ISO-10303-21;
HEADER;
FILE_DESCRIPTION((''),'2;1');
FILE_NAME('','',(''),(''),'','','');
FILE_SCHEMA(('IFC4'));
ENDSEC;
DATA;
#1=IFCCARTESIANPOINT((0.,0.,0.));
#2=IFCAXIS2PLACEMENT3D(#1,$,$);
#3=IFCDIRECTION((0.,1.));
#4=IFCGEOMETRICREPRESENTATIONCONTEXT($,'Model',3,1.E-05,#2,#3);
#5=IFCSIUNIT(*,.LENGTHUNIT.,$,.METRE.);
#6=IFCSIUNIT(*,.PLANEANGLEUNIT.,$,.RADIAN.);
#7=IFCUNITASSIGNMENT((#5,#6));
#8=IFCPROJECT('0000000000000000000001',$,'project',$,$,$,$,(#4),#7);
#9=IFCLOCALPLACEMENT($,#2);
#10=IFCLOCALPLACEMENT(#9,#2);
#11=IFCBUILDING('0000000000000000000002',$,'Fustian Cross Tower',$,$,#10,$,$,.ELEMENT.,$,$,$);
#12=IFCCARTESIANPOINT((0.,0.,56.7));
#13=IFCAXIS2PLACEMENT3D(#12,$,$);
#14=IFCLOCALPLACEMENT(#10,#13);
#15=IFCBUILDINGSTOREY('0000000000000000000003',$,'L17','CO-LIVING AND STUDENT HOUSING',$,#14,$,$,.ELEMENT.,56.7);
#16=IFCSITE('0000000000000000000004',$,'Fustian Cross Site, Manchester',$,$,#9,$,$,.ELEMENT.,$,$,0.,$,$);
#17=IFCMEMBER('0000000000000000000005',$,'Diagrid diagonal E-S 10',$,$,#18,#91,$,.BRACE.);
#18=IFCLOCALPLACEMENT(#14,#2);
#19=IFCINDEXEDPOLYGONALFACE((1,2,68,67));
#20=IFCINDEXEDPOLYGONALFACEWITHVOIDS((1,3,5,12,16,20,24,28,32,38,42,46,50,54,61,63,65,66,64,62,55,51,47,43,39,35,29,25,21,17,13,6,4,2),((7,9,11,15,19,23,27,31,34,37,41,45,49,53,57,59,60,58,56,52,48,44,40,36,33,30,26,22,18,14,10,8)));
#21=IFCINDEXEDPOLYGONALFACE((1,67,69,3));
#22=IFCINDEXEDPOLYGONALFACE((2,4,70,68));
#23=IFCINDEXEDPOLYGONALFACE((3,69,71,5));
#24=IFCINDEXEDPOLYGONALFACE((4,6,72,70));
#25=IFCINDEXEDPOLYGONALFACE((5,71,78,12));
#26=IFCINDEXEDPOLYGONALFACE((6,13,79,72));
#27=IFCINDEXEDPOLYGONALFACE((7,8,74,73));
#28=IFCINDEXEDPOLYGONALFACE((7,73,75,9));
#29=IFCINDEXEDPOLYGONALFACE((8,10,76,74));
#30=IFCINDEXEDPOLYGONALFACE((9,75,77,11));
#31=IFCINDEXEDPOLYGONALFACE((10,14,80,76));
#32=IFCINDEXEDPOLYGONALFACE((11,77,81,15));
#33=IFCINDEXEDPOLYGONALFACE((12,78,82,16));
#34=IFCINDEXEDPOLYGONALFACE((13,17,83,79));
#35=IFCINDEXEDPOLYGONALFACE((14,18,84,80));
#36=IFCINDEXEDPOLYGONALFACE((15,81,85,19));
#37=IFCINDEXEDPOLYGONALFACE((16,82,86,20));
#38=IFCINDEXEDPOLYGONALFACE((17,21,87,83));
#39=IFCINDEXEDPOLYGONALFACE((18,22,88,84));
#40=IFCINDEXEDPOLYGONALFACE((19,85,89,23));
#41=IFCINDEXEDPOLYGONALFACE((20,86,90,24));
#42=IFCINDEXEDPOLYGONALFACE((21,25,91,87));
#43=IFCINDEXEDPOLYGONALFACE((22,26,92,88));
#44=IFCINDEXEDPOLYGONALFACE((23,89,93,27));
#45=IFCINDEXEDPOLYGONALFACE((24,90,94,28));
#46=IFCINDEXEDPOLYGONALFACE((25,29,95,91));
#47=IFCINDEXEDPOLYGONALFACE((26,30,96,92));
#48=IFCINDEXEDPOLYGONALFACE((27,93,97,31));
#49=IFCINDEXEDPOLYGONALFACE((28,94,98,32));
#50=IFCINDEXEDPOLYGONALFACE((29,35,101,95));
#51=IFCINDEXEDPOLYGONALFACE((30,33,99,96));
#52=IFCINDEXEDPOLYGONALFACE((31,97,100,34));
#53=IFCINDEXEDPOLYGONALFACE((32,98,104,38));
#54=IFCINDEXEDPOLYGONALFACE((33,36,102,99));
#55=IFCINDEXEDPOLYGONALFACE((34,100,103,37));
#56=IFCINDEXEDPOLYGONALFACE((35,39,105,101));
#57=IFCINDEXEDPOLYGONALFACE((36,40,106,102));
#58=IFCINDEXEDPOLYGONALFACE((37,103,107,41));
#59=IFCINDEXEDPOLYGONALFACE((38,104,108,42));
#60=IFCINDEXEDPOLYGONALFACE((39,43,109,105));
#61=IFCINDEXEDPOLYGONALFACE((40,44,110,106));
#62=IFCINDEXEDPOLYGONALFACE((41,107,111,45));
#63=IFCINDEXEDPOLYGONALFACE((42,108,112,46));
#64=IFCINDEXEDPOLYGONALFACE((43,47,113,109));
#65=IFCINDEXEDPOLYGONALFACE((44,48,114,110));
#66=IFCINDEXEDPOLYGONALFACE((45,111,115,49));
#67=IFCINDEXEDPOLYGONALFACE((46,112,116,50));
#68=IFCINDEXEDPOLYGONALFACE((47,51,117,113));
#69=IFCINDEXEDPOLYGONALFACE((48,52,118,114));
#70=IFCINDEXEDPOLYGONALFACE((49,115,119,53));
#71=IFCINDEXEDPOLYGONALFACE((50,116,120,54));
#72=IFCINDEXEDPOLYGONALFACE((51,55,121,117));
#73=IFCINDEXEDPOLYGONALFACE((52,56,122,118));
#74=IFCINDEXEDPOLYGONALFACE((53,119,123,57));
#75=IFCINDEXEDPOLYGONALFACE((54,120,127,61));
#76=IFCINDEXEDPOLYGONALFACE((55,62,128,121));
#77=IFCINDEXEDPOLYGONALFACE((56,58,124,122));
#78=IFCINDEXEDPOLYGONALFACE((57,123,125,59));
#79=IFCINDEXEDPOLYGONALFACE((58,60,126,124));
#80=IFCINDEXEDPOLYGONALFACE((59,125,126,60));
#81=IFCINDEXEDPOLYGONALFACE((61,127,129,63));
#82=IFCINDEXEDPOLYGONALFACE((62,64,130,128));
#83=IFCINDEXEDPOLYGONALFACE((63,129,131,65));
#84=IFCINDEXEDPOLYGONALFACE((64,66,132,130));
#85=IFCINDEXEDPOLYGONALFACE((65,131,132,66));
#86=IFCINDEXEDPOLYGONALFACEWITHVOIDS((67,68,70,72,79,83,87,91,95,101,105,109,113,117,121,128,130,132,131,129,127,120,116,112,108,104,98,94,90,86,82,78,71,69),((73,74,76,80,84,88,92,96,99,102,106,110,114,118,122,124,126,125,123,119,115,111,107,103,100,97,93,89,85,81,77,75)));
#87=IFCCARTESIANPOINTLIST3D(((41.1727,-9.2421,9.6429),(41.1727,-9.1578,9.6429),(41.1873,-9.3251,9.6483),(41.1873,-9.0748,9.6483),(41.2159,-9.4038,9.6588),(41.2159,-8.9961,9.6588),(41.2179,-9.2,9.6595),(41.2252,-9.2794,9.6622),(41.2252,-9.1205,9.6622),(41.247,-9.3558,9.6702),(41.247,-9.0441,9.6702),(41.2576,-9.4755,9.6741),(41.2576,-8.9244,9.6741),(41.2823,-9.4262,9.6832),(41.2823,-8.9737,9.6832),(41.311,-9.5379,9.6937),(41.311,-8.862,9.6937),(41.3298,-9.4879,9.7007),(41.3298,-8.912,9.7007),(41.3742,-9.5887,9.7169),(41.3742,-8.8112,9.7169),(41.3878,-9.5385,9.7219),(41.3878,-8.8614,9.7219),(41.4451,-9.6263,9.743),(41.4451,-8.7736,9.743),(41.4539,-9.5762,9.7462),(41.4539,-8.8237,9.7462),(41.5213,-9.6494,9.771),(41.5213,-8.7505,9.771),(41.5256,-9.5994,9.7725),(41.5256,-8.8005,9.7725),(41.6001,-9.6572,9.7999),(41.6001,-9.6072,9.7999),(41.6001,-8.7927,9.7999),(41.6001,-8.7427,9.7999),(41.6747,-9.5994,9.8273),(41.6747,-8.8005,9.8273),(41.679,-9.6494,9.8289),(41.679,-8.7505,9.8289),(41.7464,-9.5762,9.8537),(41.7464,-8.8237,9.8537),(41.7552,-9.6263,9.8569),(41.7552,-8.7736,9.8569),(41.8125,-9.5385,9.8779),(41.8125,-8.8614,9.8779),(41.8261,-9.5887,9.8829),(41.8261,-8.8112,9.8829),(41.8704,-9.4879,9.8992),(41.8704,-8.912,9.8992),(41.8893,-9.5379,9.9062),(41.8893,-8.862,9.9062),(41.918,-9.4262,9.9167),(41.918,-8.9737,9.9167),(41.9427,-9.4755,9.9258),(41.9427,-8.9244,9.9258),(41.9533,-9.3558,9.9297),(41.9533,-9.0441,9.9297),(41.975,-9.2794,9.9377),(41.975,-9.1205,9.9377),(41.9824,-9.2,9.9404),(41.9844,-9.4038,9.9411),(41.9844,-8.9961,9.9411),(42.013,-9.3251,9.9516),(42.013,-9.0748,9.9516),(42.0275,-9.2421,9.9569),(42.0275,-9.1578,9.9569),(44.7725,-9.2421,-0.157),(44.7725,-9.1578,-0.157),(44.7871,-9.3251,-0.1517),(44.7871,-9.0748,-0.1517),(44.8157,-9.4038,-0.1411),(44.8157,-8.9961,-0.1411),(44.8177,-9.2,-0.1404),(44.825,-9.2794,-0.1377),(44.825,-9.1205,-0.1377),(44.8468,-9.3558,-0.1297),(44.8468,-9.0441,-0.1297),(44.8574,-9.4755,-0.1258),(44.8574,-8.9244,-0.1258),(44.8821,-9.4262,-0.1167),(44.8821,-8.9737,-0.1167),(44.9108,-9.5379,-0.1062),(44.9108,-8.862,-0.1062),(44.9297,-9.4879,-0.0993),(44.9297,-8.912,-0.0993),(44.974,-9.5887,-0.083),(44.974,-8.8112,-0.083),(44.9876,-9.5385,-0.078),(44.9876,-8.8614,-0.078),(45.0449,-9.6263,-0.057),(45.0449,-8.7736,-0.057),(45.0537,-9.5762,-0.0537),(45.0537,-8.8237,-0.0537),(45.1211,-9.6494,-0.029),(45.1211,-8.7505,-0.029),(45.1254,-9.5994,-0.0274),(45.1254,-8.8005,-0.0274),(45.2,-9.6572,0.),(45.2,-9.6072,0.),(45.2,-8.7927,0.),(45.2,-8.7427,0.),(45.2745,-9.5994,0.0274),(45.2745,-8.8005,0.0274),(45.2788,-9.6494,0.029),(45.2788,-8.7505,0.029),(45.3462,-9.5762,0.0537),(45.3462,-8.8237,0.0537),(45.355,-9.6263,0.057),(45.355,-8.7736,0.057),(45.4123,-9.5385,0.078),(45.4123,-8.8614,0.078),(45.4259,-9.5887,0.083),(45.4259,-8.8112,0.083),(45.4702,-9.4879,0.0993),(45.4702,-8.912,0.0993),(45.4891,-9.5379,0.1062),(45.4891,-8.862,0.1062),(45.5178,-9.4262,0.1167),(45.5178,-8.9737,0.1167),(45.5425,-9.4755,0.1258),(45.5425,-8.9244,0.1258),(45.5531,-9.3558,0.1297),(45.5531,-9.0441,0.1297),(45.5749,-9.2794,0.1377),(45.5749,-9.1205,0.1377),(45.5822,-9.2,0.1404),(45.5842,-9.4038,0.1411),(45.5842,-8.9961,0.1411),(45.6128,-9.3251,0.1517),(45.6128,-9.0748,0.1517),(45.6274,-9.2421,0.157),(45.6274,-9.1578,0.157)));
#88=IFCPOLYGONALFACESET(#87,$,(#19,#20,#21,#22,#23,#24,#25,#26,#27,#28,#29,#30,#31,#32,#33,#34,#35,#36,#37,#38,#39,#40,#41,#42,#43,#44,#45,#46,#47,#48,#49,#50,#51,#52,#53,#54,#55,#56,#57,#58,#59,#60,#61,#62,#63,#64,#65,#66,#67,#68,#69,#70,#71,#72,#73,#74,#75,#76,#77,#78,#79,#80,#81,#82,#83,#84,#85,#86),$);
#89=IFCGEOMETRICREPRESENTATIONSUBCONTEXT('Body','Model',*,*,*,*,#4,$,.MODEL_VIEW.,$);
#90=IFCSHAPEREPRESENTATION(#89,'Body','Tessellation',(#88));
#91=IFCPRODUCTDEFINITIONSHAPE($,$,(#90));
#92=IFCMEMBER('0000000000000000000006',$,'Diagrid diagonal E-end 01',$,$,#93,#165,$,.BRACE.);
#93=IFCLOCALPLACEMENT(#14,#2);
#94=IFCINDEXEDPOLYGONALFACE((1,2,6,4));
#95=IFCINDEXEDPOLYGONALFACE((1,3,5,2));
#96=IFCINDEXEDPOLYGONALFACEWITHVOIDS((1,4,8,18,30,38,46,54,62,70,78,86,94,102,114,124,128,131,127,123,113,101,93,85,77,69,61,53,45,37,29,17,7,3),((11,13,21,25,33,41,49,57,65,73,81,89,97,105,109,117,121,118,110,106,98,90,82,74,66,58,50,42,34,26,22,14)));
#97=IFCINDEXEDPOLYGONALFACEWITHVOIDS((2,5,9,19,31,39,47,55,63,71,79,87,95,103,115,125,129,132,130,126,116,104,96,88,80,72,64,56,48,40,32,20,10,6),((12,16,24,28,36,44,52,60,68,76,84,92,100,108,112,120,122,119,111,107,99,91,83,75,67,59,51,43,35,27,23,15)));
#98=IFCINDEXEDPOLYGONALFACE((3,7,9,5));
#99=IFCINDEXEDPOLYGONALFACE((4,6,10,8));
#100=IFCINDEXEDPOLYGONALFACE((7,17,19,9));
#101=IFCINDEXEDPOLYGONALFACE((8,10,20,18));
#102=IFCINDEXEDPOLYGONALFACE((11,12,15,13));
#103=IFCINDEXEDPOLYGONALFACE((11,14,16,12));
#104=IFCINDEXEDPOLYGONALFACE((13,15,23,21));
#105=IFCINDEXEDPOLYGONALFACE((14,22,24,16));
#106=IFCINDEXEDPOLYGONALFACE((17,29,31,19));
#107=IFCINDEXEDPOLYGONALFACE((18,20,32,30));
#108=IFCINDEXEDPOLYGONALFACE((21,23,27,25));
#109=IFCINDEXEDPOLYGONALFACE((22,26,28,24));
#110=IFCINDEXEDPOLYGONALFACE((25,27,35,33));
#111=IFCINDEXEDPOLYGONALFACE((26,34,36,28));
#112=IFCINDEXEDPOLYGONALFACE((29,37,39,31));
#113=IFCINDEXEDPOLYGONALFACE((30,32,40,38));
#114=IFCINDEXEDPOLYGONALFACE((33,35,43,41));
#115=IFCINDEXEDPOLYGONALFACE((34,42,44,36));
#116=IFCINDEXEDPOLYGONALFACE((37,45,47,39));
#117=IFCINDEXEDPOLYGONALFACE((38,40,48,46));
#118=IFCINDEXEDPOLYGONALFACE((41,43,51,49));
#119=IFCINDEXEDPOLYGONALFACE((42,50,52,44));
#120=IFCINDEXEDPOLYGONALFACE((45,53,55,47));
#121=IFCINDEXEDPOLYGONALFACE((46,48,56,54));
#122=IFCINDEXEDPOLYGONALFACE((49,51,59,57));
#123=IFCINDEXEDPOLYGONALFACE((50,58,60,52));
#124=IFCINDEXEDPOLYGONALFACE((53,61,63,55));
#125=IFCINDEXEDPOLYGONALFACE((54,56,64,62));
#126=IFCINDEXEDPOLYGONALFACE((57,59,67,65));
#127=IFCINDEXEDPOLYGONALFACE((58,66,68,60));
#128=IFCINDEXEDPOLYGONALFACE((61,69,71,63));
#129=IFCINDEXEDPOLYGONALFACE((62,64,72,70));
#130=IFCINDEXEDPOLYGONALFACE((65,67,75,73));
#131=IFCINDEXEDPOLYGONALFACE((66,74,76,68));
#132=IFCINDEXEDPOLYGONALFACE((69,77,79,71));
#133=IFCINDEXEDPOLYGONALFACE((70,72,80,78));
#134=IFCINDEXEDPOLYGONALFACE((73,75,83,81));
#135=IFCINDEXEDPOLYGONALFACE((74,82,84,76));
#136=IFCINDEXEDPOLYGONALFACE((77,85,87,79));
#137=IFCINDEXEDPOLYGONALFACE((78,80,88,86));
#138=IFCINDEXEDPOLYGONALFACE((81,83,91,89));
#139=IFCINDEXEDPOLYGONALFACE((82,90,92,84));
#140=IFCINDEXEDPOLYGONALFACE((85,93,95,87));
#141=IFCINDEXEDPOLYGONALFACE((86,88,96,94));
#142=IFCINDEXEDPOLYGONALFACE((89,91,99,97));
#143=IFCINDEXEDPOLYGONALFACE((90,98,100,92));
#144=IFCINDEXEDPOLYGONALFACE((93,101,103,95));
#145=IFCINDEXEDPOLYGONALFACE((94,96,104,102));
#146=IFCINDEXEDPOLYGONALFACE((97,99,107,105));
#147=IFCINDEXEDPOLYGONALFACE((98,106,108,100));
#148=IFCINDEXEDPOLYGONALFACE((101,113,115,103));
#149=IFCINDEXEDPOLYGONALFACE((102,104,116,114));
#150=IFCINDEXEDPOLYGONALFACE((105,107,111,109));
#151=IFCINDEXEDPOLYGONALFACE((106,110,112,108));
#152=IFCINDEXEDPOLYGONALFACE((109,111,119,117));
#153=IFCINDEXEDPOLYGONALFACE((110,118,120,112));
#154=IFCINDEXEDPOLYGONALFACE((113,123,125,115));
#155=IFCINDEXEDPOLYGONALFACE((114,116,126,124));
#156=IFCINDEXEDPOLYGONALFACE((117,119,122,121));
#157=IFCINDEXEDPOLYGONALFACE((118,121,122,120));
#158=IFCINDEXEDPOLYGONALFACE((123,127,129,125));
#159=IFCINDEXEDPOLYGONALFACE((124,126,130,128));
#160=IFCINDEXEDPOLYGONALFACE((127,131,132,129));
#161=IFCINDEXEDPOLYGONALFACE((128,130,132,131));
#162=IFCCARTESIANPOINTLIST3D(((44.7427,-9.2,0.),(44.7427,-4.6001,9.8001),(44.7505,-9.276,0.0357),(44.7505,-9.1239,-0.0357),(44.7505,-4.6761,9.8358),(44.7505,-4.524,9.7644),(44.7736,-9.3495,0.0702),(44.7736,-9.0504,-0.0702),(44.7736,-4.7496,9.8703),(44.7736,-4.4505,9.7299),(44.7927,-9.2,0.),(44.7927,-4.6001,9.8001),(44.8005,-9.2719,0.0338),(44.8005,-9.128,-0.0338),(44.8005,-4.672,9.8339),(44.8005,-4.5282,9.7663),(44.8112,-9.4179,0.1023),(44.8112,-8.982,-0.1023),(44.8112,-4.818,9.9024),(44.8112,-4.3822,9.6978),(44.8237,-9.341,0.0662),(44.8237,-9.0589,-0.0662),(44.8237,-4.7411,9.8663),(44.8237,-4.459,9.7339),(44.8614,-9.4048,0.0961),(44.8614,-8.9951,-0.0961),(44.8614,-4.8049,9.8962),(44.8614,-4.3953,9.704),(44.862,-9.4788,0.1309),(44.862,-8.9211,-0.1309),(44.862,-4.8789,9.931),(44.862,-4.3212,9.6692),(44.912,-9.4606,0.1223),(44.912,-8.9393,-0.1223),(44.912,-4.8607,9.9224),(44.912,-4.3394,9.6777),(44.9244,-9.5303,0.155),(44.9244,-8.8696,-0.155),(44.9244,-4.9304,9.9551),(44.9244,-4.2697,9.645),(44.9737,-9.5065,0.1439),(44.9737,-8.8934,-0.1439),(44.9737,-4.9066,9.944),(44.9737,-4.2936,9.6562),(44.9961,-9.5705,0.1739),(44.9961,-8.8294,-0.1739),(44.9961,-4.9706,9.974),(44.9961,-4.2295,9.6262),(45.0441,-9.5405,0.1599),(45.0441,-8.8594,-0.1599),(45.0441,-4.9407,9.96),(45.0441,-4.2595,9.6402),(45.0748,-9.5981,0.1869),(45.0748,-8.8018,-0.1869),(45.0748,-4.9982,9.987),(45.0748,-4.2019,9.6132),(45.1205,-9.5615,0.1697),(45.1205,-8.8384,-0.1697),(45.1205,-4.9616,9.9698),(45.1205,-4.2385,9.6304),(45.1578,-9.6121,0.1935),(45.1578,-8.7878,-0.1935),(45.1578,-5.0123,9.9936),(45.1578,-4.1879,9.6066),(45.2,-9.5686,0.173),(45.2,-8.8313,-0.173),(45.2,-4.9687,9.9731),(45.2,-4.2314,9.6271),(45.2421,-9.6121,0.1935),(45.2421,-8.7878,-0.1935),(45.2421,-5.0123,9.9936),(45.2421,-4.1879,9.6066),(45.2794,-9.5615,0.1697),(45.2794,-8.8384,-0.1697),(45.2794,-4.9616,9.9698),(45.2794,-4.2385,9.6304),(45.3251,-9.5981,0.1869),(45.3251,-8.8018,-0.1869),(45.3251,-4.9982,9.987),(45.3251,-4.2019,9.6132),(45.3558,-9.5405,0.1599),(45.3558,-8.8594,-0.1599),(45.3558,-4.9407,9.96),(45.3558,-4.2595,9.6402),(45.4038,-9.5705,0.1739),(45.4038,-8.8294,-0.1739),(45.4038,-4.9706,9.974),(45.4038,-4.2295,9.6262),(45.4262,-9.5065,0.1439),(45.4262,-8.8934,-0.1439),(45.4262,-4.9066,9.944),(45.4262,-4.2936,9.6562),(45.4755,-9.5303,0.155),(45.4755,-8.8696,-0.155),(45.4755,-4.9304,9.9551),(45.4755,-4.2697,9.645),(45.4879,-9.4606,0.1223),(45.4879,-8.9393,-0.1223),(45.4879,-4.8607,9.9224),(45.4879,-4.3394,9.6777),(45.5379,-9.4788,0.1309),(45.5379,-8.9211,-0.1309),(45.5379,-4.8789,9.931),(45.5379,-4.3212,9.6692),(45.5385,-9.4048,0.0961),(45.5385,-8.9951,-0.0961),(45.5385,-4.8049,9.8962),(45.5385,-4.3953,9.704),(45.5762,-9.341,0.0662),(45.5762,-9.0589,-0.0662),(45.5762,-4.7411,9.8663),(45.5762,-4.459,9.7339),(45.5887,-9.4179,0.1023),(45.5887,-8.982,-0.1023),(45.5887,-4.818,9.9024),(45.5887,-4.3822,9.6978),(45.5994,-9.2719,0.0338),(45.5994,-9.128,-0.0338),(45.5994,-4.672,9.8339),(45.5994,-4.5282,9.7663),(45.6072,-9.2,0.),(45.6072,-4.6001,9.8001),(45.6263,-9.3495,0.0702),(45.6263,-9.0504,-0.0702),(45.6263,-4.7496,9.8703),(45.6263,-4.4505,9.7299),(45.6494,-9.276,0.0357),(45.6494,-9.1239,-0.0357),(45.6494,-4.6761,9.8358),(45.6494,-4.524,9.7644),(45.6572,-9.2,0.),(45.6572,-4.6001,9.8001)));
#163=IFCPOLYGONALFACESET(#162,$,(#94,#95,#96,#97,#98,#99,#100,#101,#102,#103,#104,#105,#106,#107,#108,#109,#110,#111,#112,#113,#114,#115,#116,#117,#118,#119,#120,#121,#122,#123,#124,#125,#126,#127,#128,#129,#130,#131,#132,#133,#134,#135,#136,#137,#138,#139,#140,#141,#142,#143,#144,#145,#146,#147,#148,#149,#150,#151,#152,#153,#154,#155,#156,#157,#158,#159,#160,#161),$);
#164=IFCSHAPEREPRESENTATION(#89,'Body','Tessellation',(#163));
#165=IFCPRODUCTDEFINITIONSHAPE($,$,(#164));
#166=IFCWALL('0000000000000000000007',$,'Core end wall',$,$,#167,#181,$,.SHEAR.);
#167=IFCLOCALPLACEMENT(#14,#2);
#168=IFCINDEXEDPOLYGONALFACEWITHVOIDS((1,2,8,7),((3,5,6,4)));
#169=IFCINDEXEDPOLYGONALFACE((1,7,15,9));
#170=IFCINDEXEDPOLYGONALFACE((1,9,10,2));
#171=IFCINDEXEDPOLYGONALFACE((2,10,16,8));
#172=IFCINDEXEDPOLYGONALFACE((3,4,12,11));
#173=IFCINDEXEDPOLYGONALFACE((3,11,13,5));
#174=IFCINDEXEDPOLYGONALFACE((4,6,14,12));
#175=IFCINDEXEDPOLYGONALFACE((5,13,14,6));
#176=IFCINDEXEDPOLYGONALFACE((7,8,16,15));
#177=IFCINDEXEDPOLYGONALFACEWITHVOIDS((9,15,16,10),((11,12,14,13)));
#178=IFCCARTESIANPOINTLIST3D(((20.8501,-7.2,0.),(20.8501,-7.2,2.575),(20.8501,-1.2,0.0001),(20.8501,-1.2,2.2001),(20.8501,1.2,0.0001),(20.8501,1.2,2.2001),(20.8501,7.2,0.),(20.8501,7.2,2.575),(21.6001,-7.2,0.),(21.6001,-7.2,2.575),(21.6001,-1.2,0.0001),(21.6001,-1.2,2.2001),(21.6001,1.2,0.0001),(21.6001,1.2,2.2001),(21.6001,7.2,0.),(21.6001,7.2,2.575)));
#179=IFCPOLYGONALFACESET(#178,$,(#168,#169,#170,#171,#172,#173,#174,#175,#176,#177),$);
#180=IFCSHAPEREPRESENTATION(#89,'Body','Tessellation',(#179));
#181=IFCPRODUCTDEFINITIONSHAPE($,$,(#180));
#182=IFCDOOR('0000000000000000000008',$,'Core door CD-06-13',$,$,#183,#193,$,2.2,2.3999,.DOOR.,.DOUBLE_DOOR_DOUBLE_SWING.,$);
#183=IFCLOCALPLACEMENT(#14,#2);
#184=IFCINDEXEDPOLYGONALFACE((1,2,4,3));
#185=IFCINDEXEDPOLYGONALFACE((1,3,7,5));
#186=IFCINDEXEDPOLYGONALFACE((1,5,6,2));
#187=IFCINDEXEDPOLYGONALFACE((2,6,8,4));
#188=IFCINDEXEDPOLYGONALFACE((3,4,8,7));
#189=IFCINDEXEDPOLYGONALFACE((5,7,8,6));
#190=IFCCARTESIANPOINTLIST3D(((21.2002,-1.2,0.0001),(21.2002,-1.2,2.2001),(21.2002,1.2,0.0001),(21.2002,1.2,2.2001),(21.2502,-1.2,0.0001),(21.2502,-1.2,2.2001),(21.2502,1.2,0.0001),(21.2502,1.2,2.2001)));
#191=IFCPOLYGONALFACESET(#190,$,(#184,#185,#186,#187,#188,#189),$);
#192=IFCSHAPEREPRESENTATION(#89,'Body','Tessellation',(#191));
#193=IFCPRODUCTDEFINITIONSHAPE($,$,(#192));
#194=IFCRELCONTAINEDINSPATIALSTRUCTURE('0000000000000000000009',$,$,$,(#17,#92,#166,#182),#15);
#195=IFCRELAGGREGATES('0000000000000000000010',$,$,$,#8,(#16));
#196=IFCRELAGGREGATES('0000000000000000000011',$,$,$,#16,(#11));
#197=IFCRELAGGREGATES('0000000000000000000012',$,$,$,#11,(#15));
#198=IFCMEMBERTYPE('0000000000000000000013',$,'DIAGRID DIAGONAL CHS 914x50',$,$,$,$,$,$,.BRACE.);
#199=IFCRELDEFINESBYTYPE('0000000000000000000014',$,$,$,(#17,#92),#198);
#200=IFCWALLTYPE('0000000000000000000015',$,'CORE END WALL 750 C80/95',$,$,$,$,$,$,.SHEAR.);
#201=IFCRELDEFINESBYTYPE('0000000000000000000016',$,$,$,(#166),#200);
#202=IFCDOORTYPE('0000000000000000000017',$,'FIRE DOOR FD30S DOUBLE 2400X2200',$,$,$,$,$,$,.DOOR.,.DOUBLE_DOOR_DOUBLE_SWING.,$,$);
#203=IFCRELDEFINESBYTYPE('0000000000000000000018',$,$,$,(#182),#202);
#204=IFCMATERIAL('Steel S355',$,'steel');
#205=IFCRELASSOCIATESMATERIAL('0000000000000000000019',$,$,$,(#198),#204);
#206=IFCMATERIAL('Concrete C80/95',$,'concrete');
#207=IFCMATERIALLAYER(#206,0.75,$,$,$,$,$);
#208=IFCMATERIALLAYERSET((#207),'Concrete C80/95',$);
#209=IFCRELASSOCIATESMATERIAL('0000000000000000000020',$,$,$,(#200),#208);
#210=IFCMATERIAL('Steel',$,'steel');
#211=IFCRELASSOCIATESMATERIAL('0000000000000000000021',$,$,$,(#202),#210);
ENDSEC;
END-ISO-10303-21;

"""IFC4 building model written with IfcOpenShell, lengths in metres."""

from ifc_helpers import new_model, si_unit, direction, frame, frame_2d, origin, origin_2d, place, context, subcontext, project, spatial, rectangle, hollow_circle, extrude, material, layer, layer_set, material_profile, profile_set, type_object, element, fill, save


model = new_model("IFC4")

# Units and contexts
model_context = context("Model", 3, precision=1e-05, world=origin(), true_north=direction((0.0, 1.0)))
body_context = subcontext(model_context, "Body", "Model", "MODEL_VIEW")
ifc_project = project(units=[si_unit("LENGTHUNIT", "METRE"), si_unit("PLANEANGLEUNIT", "RADIAN")], contexts=[model_context])

# Site, building, storey
site_placement = place(None, origin())
site = spatial("IfcSite", under=ifc_project, at=site_placement, Name="Fustian Cross Site, Manchester", CompositionType="ELEMENT", RefElevation=0.0)
building_placement = place(site_placement, origin())
building = spatial("IfcBuilding", under=site, at=building_placement, Name="Fustian Cross Tower", CompositionType="ELEMENT")
storey_placement = place(building_placement, frame((0.0, 0.0, 56.7)))
storey = spatial("IfcBuildingStorey", under=building, at=storey_placement, Name="L17", Description="CO-LIVING AND STUDENT HOUSING", CompositionType="ELEMENT", Elevation=56.7)

# Members
ifc_material_1 = material(Name="Steel S355", Category="steel")
ifc_material_profile_1 = material_profile(ifc_material_1, hollow_circle(Radius=0.4573, WallThickness=0.05, at=origin_2d()), Name="CHS 914x50")
ifc_profile_set_1 = profile_set([ifc_material_profile_1], Name="Steel S355")
member_type_1 = type_object("IfcMemberType", Name="DIAGRID DIAGONAL CHS 914x50", PredefinedType="BRACE", material=ifc_profile_set_1)
member_1_placement = place(storey_placement, frame((45.2, -9.2, 0.0), z_axis=(-0.344804, 0.0, 0.938675), x_axis=(0.0, -1.0, 0.0)))
element("IfcMember", 1, at=member_1_placement, inside=storey, type_object=member_type_1, Name="Diagrid diagonal E-S 10", PredefinedType="BRACE", context=body_context, shape_type="SweptSolid", body=[
    extrude(hollow_circle(Radius=0.4573, WallThickness=0.05, at=origin_2d()), origin(), (0.0, 0.0, 1.0), 10.4402),
])
member_2_placement = place(storey_placement, frame((45.2, -9.2, 0.0), z_axis=(0.0, 0.424894, 0.905243), x_axis=(-1.0, 0.0, 0.0)))
element("IfcMember", 2, at=member_2_placement, inside=storey, type_object=member_type_1, Name="Diagrid diagonal E-end 01", PredefinedType="BRACE", context=body_context, shape_type="SweptSolid", body=[
    extrude(hollow_circle(Radius=0.4573, WallThickness=0.05, at=origin_2d()), origin(), (0.0, 0.0, 1.0), 10.8259),
])

# Wall, opening, door
ifc_material_2 = material(Name="Concrete C80/95", Category="concrete")
ifc_layer_1 = layer(ifc_material_2, 0.75)
ifc_layer_set_1 = layer_set([ifc_layer_1], Name="Concrete C80/95")
wall_type_1 = type_object("IfcWallType", Name="CORE END WALL 750 C80/95", PredefinedType="SHEAR", material=ifc_layer_set_1)
wall_1_placement = place(storey_placement, frame((21.2251, -7.2, 0.0), z_axis=(0.0, 0.0, 1.0), x_axis=(0.0, 1.0, 0.0)))
wall_1 = element("IfcWall", 3, at=wall_1_placement, inside=storey, type_object=wall_type_1, Name="Core end wall", PredefinedType="SHEAR", context=body_context, shape_type="SweptSolid", body=[
    extrude(rectangle(XDim=14.3999, YDim=0.75, at=frame_2d((7.2, 0.0))), origin(), (0.0, 0.0, 1.0), 2.575),
])
opening_1_placement = place(wall_1_placement, frame((6.0, 0.0, 0.0)))
opening_1 = element("IfcOpeningElement", 4, at=opening_1_placement, cuts=wall_1, PredefinedType="OPENING", context=body_context, shape_type="SweptSolid", body=[
    extrude(rectangle(XDim=2.3999, YDim=2.2, at=frame_2d((1.2, 1.1001))), frame((0.0, 0.385, 0.0), z_axis=(0.0, -1.0, 0.0), x_axis=(1.0, 0.0, 0.0)), (0.0, 0.0, 1.0), 0.77),
])
ifc_material_3 = material(Name="Steel", Category="steel")
door_type = type_object("IfcDoorType", Name="FIRE DOOR FD30S DOUBLE 2400X2200", OperationType="DOUBLE_DOOR_DOUBLE_SWING", PredefinedType="DOOR", material=ifc_material_3)
door_placement = place(opening_1_placement, origin())
door = element("IfcDoor", 5, at=door_placement, inside=storey, type_object=door_type, Name="Core door CD-06-13", OperationType="DOUBLE_DOOR_DOUBLE_SWING", OverallHeight=2.2, OverallWidth=2.3999, PredefinedType="DOOR", context=body_context, shape_type="SweptSolid", body=[
    extrude(rectangle(XDim=2.3999, YDim=2.2, at=frame_2d((1.2, 1.1001))), frame((0.0, 0.0249, 0.0), z_axis=(0.0, -1.0, 0.0), x_axis=(1.0, 0.0, 0.0)), (0.0, 0.0, 1.0), 0.05),
])
fill(opening_1, door)

save(model, "model.ifc")
